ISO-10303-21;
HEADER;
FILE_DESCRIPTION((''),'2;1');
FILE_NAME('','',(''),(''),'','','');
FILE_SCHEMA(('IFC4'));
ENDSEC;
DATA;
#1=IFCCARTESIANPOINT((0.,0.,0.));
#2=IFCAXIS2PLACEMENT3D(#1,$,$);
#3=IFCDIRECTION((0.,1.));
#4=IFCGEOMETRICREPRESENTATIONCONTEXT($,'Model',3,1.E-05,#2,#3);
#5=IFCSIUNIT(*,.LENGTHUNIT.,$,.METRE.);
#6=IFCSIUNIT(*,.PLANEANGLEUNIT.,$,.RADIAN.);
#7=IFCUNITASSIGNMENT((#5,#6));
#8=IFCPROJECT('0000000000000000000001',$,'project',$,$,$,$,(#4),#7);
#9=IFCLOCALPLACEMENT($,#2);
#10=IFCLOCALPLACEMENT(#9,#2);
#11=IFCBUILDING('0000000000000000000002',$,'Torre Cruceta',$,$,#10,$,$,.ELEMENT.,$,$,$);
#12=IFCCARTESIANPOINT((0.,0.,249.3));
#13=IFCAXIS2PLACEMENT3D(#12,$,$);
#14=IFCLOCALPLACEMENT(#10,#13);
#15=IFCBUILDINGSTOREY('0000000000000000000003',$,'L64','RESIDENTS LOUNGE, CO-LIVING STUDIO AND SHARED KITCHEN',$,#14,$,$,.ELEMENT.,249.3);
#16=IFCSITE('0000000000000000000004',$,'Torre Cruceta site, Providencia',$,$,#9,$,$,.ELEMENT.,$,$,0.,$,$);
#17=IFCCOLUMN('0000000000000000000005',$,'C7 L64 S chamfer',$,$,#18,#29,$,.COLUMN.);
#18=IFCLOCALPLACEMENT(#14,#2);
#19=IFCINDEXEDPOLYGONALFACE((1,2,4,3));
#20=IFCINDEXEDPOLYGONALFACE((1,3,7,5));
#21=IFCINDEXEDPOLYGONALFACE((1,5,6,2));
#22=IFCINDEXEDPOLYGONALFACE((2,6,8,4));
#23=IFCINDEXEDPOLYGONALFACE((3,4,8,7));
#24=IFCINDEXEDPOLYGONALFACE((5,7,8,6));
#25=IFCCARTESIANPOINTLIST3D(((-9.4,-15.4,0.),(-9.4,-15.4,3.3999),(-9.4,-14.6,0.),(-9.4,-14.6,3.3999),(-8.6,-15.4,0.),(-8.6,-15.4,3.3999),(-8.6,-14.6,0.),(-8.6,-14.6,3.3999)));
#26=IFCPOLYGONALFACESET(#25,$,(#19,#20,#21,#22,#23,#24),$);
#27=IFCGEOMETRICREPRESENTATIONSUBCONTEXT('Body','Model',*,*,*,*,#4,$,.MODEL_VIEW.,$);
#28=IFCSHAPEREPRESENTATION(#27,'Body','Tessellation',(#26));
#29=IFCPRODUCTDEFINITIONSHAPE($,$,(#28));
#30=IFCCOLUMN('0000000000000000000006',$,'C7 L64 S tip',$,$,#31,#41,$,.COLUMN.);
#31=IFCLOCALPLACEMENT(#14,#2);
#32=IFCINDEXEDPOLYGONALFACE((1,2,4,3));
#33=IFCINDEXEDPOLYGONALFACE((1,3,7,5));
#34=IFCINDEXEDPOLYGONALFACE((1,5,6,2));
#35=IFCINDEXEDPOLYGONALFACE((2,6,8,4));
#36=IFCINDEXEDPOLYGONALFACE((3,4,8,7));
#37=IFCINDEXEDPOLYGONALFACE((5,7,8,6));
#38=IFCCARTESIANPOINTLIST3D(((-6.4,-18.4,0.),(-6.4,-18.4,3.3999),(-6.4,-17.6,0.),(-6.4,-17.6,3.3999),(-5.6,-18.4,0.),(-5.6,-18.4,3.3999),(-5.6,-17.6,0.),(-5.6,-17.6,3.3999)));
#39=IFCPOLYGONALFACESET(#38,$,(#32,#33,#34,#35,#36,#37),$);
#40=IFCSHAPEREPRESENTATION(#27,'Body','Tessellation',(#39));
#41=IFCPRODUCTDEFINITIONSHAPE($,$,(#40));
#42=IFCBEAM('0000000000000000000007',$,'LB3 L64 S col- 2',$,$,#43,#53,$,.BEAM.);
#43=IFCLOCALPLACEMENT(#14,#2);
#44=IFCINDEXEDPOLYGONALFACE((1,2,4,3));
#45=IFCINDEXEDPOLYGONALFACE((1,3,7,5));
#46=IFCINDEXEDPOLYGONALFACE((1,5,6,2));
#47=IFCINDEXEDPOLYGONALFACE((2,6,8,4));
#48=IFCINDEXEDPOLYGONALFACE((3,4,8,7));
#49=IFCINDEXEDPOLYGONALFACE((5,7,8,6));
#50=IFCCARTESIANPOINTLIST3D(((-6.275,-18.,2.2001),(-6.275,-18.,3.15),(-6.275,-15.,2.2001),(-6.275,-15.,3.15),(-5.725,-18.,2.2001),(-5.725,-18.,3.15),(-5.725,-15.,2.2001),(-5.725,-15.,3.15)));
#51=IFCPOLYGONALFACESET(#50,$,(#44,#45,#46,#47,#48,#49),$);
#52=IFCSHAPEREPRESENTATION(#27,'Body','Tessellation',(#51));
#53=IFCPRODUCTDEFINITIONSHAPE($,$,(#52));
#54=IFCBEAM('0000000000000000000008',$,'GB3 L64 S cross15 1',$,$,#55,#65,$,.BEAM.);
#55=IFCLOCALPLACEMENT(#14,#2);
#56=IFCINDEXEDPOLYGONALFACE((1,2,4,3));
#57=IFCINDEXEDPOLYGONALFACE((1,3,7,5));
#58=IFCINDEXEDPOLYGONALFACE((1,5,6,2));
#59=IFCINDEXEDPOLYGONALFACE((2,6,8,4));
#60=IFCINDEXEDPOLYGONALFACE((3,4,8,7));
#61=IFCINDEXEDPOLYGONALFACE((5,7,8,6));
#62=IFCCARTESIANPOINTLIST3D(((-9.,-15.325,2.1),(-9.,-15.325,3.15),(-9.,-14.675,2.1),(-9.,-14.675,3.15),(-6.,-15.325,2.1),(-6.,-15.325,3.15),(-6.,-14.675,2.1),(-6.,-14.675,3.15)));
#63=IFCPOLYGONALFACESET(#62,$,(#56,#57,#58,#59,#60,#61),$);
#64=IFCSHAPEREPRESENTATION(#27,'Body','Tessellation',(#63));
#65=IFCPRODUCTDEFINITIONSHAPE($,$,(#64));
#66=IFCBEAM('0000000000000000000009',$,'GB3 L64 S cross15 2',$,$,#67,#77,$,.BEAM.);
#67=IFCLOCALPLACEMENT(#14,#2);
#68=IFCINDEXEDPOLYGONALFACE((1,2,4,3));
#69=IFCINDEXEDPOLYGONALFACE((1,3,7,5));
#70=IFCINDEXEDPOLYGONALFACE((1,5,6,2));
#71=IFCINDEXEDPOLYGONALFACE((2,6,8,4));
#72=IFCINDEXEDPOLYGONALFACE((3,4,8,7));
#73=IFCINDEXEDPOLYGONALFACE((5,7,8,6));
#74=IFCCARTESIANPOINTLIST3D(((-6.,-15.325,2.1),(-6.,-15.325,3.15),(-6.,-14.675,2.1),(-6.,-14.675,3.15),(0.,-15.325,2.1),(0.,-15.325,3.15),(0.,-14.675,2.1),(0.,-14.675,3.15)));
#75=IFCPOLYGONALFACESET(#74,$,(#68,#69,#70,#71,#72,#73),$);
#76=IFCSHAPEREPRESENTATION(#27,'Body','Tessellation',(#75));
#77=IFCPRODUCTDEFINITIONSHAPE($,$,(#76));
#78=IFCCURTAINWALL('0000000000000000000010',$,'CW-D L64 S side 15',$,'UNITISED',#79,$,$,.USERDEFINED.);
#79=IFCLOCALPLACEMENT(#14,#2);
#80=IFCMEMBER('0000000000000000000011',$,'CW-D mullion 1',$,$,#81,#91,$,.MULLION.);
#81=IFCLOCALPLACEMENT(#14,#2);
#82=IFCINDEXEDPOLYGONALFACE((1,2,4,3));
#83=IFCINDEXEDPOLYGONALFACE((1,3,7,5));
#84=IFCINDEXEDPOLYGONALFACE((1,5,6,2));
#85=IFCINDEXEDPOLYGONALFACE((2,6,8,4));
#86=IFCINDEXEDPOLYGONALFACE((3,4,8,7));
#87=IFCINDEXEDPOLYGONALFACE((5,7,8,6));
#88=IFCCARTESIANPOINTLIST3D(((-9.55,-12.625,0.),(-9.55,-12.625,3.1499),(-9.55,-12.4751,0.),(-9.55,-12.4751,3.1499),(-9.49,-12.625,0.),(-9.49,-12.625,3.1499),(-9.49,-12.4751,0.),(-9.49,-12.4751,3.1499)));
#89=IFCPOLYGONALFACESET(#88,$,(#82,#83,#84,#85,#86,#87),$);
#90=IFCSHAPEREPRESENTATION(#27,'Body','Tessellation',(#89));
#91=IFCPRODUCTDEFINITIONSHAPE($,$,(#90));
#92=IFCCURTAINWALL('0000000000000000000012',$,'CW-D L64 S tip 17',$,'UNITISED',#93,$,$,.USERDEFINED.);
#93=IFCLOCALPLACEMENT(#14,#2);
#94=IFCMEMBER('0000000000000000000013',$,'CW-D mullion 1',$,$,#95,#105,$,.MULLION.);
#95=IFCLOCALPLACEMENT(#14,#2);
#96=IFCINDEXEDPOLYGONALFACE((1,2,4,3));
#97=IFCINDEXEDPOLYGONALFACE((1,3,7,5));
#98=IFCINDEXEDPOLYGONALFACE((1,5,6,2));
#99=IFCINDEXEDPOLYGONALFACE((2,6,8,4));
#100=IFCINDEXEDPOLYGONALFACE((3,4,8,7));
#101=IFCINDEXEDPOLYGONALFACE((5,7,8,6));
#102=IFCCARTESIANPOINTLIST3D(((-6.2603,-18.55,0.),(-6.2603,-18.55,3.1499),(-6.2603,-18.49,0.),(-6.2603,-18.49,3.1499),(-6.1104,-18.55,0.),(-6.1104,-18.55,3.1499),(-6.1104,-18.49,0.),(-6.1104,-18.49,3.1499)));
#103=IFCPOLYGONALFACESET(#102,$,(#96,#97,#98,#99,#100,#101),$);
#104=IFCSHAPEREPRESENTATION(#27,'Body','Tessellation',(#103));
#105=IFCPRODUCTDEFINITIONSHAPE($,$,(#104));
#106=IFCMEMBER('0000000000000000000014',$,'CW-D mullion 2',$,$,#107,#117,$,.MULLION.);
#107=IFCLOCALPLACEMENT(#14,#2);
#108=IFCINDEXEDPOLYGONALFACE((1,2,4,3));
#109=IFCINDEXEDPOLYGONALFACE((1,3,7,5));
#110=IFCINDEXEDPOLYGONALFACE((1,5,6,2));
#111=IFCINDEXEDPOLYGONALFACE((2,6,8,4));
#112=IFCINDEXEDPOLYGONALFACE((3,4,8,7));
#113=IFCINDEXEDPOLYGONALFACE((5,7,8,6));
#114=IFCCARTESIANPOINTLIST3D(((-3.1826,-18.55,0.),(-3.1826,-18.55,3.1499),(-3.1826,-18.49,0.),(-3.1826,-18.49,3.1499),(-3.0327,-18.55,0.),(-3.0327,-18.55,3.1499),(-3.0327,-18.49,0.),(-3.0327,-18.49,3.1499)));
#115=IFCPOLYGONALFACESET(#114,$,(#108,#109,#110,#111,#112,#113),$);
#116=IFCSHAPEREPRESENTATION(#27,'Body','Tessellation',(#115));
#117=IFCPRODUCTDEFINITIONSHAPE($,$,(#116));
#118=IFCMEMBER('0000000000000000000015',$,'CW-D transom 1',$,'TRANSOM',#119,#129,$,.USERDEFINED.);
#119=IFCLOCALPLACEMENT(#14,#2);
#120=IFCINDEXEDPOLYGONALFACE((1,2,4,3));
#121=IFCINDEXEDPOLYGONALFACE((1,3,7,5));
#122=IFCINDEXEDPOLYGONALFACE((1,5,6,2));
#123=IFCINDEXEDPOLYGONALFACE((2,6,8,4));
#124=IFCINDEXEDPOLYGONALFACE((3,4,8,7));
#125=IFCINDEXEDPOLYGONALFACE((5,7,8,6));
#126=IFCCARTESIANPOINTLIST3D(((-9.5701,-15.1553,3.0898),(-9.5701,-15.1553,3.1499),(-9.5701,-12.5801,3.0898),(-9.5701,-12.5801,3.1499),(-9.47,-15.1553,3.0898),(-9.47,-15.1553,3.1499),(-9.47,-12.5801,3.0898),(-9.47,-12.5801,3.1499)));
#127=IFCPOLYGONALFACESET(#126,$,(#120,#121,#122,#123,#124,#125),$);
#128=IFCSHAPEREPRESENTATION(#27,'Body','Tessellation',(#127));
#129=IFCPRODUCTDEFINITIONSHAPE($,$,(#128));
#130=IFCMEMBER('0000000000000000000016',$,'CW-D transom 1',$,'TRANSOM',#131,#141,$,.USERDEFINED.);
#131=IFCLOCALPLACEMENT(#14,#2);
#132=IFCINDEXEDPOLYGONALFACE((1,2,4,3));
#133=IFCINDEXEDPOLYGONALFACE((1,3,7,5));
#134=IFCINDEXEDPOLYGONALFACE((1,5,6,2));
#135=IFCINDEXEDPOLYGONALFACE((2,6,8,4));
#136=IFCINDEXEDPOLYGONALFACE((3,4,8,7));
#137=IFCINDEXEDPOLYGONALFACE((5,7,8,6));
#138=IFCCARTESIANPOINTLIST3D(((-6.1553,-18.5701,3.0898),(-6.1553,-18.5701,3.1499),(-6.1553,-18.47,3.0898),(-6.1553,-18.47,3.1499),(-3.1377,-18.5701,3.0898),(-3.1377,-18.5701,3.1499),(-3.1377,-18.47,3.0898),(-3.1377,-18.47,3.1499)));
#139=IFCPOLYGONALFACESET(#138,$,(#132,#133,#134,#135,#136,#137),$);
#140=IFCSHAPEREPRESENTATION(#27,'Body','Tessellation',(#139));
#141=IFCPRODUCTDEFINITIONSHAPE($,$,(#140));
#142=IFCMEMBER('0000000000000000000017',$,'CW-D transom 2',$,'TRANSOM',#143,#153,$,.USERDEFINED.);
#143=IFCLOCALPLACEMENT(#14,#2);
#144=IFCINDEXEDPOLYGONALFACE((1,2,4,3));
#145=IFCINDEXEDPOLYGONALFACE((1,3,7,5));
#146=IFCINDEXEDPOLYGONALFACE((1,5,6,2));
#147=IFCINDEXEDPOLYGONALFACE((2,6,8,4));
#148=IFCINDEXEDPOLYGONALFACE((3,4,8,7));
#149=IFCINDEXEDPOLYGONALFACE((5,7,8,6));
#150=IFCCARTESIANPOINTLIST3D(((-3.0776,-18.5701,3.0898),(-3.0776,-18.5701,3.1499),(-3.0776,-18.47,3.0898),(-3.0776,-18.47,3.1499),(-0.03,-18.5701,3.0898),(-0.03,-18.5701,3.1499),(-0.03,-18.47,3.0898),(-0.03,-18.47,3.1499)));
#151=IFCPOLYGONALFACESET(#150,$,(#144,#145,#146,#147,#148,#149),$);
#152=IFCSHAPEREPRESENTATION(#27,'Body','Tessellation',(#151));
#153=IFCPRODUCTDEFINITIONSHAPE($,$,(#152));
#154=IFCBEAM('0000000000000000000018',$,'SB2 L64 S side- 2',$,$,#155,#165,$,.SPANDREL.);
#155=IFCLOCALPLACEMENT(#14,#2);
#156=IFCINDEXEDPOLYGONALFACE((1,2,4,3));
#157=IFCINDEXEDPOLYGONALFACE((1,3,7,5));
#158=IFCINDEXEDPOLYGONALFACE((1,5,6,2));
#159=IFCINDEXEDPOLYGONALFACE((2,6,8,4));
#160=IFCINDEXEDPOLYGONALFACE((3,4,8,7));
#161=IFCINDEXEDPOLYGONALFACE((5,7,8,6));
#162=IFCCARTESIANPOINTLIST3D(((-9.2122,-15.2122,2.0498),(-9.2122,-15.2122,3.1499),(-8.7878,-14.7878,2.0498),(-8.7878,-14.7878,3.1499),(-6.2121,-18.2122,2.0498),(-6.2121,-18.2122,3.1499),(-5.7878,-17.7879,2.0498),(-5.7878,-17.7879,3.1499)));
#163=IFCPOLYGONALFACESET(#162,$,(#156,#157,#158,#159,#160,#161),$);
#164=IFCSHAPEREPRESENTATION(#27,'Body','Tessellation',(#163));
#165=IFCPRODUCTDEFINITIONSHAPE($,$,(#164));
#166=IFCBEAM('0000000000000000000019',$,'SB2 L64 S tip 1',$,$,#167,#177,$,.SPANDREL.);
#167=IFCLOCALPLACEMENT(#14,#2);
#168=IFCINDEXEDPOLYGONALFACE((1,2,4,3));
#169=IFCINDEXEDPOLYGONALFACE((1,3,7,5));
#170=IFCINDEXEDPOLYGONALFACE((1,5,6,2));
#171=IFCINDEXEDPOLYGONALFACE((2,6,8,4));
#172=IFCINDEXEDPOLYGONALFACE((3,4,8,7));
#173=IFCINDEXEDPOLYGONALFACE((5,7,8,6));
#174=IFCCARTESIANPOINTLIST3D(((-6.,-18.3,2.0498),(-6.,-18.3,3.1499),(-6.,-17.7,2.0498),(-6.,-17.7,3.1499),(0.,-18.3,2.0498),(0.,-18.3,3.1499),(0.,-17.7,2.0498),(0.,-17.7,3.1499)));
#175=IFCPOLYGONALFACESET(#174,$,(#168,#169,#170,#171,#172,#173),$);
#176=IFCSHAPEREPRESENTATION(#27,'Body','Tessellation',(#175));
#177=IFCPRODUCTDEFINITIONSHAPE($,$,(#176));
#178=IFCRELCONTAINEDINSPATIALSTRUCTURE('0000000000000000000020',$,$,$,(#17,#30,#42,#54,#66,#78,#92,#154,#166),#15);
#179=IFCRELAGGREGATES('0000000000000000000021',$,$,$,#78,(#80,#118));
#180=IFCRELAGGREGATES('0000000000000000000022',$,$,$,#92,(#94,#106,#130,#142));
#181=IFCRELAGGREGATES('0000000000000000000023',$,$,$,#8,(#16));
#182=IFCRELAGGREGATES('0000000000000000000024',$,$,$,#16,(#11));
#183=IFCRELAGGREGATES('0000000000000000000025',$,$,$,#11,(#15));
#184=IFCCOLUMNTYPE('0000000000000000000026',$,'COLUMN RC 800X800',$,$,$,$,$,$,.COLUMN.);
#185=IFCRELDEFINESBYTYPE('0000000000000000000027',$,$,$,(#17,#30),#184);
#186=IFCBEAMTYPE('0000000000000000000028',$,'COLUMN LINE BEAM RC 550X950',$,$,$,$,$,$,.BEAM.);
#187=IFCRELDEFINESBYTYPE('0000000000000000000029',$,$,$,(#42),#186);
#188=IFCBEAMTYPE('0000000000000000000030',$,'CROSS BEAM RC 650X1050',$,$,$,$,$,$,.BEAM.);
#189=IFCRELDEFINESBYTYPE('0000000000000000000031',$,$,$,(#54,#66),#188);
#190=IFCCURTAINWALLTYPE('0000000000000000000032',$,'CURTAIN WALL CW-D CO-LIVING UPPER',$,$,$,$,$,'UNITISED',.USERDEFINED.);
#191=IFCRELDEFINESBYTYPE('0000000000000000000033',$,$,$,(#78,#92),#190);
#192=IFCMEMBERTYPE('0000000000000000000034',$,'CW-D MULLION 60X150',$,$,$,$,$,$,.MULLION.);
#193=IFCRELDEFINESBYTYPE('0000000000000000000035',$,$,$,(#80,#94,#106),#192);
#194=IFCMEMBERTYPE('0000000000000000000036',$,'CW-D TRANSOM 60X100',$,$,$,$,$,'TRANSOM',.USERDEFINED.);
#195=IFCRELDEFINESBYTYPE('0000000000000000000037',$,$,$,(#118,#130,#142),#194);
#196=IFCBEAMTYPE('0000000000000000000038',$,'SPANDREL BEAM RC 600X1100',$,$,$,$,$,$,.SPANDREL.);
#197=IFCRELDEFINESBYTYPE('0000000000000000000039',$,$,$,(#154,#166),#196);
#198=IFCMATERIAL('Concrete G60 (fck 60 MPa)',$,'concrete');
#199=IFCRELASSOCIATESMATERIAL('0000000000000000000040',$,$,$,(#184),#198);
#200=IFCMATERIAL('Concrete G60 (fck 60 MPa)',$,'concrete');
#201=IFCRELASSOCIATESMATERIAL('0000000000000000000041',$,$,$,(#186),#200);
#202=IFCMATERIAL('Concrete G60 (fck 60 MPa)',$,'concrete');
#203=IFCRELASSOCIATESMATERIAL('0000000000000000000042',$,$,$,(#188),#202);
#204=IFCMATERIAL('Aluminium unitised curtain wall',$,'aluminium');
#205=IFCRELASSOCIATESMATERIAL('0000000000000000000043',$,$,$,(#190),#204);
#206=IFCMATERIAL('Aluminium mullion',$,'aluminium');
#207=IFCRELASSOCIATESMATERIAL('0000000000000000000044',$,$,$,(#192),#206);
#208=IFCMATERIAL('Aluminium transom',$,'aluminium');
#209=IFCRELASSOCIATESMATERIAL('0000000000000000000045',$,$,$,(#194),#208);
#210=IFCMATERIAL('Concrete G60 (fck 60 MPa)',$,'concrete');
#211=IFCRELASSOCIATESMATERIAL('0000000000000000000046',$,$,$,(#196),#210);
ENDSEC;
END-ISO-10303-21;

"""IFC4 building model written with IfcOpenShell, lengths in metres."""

from ifc_helpers import new_model, si_unit, direction, frame, origin, origin_2d, place, context, subcontext, project, spatial, rectangle, extrude, material, material_profile, profile_set, type_object, element, aggregate, save


model = new_model("IFC4")

# Units and contexts
model_context = context("Model", 3, precision=1e-05, world=origin(), true_north=direction((0.0, 1.0)))
body_context = subcontext(model_context, "Body", "Model", "MODEL_VIEW")
ifc_project = project(units=[si_unit("LENGTHUNIT", "METRE"), si_unit("PLANEANGLEUNIT", "RADIAN")], contexts=[model_context])

# Site, building, storey
site_placement = place(None, origin())
site = spatial("IfcSite", under=ifc_project, at=site_placement, Name="Torre Cruceta site, Providencia", CompositionType="ELEMENT", RefElevation=0.0)
building_placement = place(site_placement, origin())
building = spatial("IfcBuilding", under=site, at=building_placement, Name="Torre Cruceta", CompositionType="ELEMENT")
storey_placement = place(building_placement, frame((0.0, 0.0, 249.3)))
storey = spatial("IfcBuildingStorey", under=building, at=storey_placement, Name="L64", Description="RESIDENTS LOUNGE, CO-LIVING STUDIO AND SHARED KITCHEN", CompositionType="ELEMENT", Elevation=249.3)

# Columns
ifc_material_1 = material(Name="Concrete G60 (fck 60 MPa)", Category="concrete")
ifc_material_profile_1 = material_profile(ifc_material_1, rectangle(XDim=0.8, YDim=0.8, at=origin_2d()), Name="RC 800X800")
ifc_profile_set_1 = profile_set([ifc_material_profile_1], Name="Concrete G60 (fck 60 MPa)")
column_type = type_object("IfcColumnType", Name="COLUMN RC 800X800", PredefinedType="COLUMN", material=ifc_profile_set_1)
for number, where, z_axis, x_axis, name in (
    (1, (-9.0, -15.0, 0.0), (0.0, 0.0, 1.0), (1.0, 0.0, 0.0), "C7 L64 S chamfer"),
    (2, (-6.0, -18.0, 0.0), (0.0, 0.0, 1.0), (1.0, 0.0, 0.0), "C7 L64 S tip"),
):
    element("IfcColumn", number, at=place(storey_placement, frame(where, z_axis=z_axis, x_axis=x_axis)), inside=storey, type_object=column_type, Name=name, PredefinedType="COLUMN", context=body_context, shape_type="SweptSolid", body=[
        extrude(rectangle(XDim=0.8, YDim=0.8, at=origin_2d()), origin(), (0.0, 0.0, 1.0), 3.3999),
    ])

# Beams
ifc_material_2 = material(Name="Concrete G60 (fck 60 MPa)", Category="concrete")
ifc_material_profile_2 = material_profile(ifc_material_2, rectangle(XDim=0.55, YDim=0.95, at=origin_2d()), Name="RC 550X950")
ifc_profile_set_2 = profile_set([ifc_material_profile_2], Name="Concrete G60 (fck 60 MPa)")
beam_type_1 = type_object("IfcBeamType", Name="COLUMN LINE BEAM RC 550X950", PredefinedType="BEAM", material=ifc_profile_set_2)
beam_1_placement = place(storey_placement, frame((-6.0, -15.0, 2.675), z_axis=(0.0, -1.0, 0.0), x_axis=(1.0, 0.0, 0.0)))
element("IfcBeam", 3, at=beam_1_placement, inside=storey, type_object=beam_type_1, Name="LB3 L64 S col- 2", PredefinedType="BEAM", context=body_context, shape_type="SweptSolid", body=[
    extrude(rectangle(XDim=0.55, YDim=0.95, at=origin_2d()), origin(), (0.0, 0.0, 1.0), 3.0),
])
ifc_material_3 = material(Name="Concrete G60 (fck 60 MPa)", Category="concrete")
ifc_material_profile_3 = material_profile(ifc_material_3, rectangle(XDim=0.6499, YDim=1.05, at=origin_2d()), Name="RC 650X1050")
ifc_profile_set_3 = profile_set([ifc_material_profile_3], Name="Concrete G60 (fck 60 MPa)")
beam_type_2 = type_object("IfcBeamType", Name="CROSS BEAM RC 650X1050", PredefinedType="BEAM", material=ifc_profile_set_3)
beam_2_placement = place(storey_placement, frame((-9.0, -15.0, 2.625), z_axis=(1.0, 0.0, 0.0), x_axis=(0.0, 1.0, 0.0)))
element("IfcBeam", 4, at=beam_2_placement, inside=storey, type_object=beam_type_2, Name="GB3 L64 S cross15 1", PredefinedType="BEAM", context=body_context, shape_type="SweptSolid", body=[
    extrude(rectangle(XDim=0.6499, YDim=1.05, at=origin_2d()), origin(), (0.0, 0.0, 1.0), 3.0),
])
beam_3_placement = place(storey_placement, frame((-6.0, -15.0, 2.625), z_axis=(1.0, 0.0, 0.0), x_axis=(0.0, 1.0, 0.0)))
element("IfcBeam", 5, at=beam_3_placement, inside=storey, type_object=beam_type_2, Name="GB3 L64 S cross15 2", PredefinedType="BEAM", context=body_context, shape_type="SweptSolid", body=[
    extrude(rectangle(XDim=0.6499, YDim=1.05, at=origin_2d()), origin(), (0.0, 0.0, 1.0), 6.0),
])

# Curtain wall, member
ifc_material_4 = material(Name="Aluminium unitised curtain wall", Category="aluminium")
curtain_wall_type = type_object("IfcCurtainWallType", Name="CURTAIN WALL CW-D CO-LIVING UPPER", ElementType="UNITISED", PredefinedType="USERDEFINED", material=ifc_material_4)
curtain_wall_1_placement = place(storey_placement, origin())
curtain_wall_1 = element("IfcCurtainWall", 6, at=curtain_wall_1_placement, inside=storey, type_object=curtain_wall_type, Name="CW-D L64 S side 15", ObjectType="UNITISED", PredefinedType="USERDEFINED")
ifc_material_5 = material(Name="Aluminium mullion", Category="aluminium")
ifc_material_profile_4 = material_profile(ifc_material_5, rectangle(XDim=0.0601, YDim=0.1499, at=origin_2d()), Name="AL 60X150")
ifc_profile_set_4 = profile_set([ifc_material_profile_4], Name="Aluminium mullion")
member_type_1 = type_object("IfcMemberType", Name="CW-D MULLION 60X150", PredefinedType="MULLION", material=ifc_profile_set_4)
member_1_placement = place(storey_placement, frame((-9.52, -12.55, 0.0), z_axis=(0.0, 0.0, 1.0), x_axis=(1.0, 0.0, 0.0)))
member_1 = element("IfcMember", 7, at=member_1_placement, type_object=member_type_1, Name="CW-D mullion 1", PredefinedType="MULLION", context=body_context, shape_type="SweptSolid", body=[
    extrude(rectangle(XDim=0.0601, YDim=0.1499, at=origin_2d()), origin(), (0.0, 0.0, 1.0), 3.1499),
])

# Curtain wall, members
curtain_wall_2_placement = place(storey_placement, origin())
curtain_wall_2 = element("IfcCurtainWall", 8, at=curtain_wall_2_placement, inside=storey, type_object=curtain_wall_type, Name="CW-D L64 S tip 17", ObjectType="UNITISED", PredefinedType="USERDEFINED")
member_2_placement = place(storey_placement, frame((-6.1853, -18.52, 0.0), z_axis=(0.0, 0.0, 1.0), x_axis=(0.0, 1.0, 0.0)))
member_2 = element("IfcMember", 9, at=member_2_placement, type_object=member_type_1, Name="CW-D mullion 1", PredefinedType="MULLION", context=body_context, shape_type="SweptSolid", body=[
    extrude(rectangle(XDim=0.0601, YDim=0.1499, at=origin_2d()), origin(), (0.0, 0.0, 1.0), 3.1499),
])
member_3_placement = place(storey_placement, frame((-3.1077, -18.52, 0.0), z_axis=(0.0, 0.0, 1.0), x_axis=(0.0, 1.0, 0.0)))
member_3 = element("IfcMember", 10, at=member_3_placement, type_object=member_type_1, Name="CW-D mullion 2", PredefinedType="MULLION", context=body_context, shape_type="SweptSolid", body=[
    extrude(rectangle(XDim=0.0601, YDim=0.1499, at=origin_2d()), origin(), (0.0, 0.0, 1.0), 3.1499),
])

# Members
ifc_material_6 = material(Name="Aluminium transom", Category="aluminium")
ifc_material_profile_5 = material_profile(ifc_material_6, rectangle(XDim=0.1001, YDim=0.0601, at=origin_2d()), Name="AL 100X60")
ifc_profile_set_5 = profile_set([ifc_material_profile_5], Name="Aluminium transom")
member_type_2 = type_object("IfcMemberType", Name="CW-D TRANSOM 60X100", ElementType="TRANSOM", PredefinedType="USERDEFINED", material=ifc_profile_set_5)
member_4_placement = place(storey_placement, frame((-9.52, -12.5801, 3.1199), z_axis=(0.0, -1.0, 0.0), x_axis=(1.0, 0.0, 0.0)))
member_4 = element("IfcMember", 11, at=member_4_placement, type_object=member_type_2, Name="CW-D transom 1", ObjectType="TRANSOM", PredefinedType="USERDEFINED", context=body_context, shape_type="SweptSolid", body=[
    extrude(rectangle(XDim=0.1001, YDim=0.0601, at=origin_2d()), origin(), (0.0, 0.0, 1.0), 2.5752),
])
member_5_placement = place(storey_placement, frame((-6.1553, -18.52, 3.1199), z_axis=(1.0, 0.0, 0.0), x_axis=(0.0, 1.0, 0.0)))
member_5 = element("IfcMember", 12, at=member_5_placement, type_object=member_type_2, Name="CW-D transom 1", ObjectType="TRANSOM", PredefinedType="USERDEFINED", context=body_context, shape_type="SweptSolid", body=[
    extrude(rectangle(XDim=0.1001, YDim=0.0601, at=origin_2d()), origin(), (0.0, 0.0, 1.0), 3.0176),
])
member_6_placement = place(storey_placement, frame((-3.0776, -18.52, 3.1199), z_axis=(1.0, 0.0, 0.0), x_axis=(0.0, 1.0, 0.0)))
member_6 = element("IfcMember", 13, at=member_6_placement, type_object=member_type_2, Name="CW-D transom 2", ObjectType="TRANSOM", PredefinedType="USERDEFINED", context=body_context, shape_type="SweptSolid", body=[
    extrude(rectangle(XDim=0.1001, YDim=0.0601, at=origin_2d()), origin(), (0.0, 0.0, 1.0), 3.0476),
])

# Beams
ifc_material_7 = material(Name="Concrete G60 (fck 60 MPa)", Category="concrete")
ifc_material_profile_6 = material_profile(ifc_material_7, rectangle(XDim=0.6001, YDim=1.1001, at=origin_2d()), Name="RC 600X1100")
ifc_profile_set_6 = profile_set([ifc_material_profile_6], Name="Concrete G60 (fck 60 MPa)")
beam_type_3 = type_object("IfcBeamType", Name="SPANDREL BEAM RC 600X1100", PredefinedType="SPANDREL", material=ifc_profile_set_6)
beam_4_placement = place(storey_placement, frame((-9.0, -15.0, 2.5999), z_axis=(0.707107, -0.707107, 0.0), x_axis=(0.707107, 0.707107, 0.0)))
element("IfcBeam", 14, at=beam_4_placement, inside=storey, type_object=beam_type_3, Name="SB2 L64 S side- 2", PredefinedType="SPANDREL", context=body_context, shape_type="SweptSolid", body=[
    extrude(rectangle(XDim=0.6001, YDim=1.1001, at=origin_2d()), origin(), (0.0, 0.0, 1.0), 4.2427),
])
beam_5_placement = place(storey_placement, frame((-6.0, -18.0, 2.5999), z_axis=(1.0, 0.0, 0.0), x_axis=(0.0, 1.0, 0.0)))
element("IfcBeam", 15, at=beam_5_placement, inside=storey, type_object=beam_type_3, Name="SB2 L64 S tip 1", PredefinedType="SPANDREL", context=body_context, shape_type="SweptSolid", body=[
    extrude(rectangle(XDim=0.6001, YDim=1.1001, at=origin_2d()), origin(), (0.0, 0.0, 1.0), 6.0),
])

aggregate(curtain_wall_1, [member_1, member_4])
aggregate(curtain_wall_2, [member_2, member_3, member_5, member_6])

save(model, "model.ifc")
